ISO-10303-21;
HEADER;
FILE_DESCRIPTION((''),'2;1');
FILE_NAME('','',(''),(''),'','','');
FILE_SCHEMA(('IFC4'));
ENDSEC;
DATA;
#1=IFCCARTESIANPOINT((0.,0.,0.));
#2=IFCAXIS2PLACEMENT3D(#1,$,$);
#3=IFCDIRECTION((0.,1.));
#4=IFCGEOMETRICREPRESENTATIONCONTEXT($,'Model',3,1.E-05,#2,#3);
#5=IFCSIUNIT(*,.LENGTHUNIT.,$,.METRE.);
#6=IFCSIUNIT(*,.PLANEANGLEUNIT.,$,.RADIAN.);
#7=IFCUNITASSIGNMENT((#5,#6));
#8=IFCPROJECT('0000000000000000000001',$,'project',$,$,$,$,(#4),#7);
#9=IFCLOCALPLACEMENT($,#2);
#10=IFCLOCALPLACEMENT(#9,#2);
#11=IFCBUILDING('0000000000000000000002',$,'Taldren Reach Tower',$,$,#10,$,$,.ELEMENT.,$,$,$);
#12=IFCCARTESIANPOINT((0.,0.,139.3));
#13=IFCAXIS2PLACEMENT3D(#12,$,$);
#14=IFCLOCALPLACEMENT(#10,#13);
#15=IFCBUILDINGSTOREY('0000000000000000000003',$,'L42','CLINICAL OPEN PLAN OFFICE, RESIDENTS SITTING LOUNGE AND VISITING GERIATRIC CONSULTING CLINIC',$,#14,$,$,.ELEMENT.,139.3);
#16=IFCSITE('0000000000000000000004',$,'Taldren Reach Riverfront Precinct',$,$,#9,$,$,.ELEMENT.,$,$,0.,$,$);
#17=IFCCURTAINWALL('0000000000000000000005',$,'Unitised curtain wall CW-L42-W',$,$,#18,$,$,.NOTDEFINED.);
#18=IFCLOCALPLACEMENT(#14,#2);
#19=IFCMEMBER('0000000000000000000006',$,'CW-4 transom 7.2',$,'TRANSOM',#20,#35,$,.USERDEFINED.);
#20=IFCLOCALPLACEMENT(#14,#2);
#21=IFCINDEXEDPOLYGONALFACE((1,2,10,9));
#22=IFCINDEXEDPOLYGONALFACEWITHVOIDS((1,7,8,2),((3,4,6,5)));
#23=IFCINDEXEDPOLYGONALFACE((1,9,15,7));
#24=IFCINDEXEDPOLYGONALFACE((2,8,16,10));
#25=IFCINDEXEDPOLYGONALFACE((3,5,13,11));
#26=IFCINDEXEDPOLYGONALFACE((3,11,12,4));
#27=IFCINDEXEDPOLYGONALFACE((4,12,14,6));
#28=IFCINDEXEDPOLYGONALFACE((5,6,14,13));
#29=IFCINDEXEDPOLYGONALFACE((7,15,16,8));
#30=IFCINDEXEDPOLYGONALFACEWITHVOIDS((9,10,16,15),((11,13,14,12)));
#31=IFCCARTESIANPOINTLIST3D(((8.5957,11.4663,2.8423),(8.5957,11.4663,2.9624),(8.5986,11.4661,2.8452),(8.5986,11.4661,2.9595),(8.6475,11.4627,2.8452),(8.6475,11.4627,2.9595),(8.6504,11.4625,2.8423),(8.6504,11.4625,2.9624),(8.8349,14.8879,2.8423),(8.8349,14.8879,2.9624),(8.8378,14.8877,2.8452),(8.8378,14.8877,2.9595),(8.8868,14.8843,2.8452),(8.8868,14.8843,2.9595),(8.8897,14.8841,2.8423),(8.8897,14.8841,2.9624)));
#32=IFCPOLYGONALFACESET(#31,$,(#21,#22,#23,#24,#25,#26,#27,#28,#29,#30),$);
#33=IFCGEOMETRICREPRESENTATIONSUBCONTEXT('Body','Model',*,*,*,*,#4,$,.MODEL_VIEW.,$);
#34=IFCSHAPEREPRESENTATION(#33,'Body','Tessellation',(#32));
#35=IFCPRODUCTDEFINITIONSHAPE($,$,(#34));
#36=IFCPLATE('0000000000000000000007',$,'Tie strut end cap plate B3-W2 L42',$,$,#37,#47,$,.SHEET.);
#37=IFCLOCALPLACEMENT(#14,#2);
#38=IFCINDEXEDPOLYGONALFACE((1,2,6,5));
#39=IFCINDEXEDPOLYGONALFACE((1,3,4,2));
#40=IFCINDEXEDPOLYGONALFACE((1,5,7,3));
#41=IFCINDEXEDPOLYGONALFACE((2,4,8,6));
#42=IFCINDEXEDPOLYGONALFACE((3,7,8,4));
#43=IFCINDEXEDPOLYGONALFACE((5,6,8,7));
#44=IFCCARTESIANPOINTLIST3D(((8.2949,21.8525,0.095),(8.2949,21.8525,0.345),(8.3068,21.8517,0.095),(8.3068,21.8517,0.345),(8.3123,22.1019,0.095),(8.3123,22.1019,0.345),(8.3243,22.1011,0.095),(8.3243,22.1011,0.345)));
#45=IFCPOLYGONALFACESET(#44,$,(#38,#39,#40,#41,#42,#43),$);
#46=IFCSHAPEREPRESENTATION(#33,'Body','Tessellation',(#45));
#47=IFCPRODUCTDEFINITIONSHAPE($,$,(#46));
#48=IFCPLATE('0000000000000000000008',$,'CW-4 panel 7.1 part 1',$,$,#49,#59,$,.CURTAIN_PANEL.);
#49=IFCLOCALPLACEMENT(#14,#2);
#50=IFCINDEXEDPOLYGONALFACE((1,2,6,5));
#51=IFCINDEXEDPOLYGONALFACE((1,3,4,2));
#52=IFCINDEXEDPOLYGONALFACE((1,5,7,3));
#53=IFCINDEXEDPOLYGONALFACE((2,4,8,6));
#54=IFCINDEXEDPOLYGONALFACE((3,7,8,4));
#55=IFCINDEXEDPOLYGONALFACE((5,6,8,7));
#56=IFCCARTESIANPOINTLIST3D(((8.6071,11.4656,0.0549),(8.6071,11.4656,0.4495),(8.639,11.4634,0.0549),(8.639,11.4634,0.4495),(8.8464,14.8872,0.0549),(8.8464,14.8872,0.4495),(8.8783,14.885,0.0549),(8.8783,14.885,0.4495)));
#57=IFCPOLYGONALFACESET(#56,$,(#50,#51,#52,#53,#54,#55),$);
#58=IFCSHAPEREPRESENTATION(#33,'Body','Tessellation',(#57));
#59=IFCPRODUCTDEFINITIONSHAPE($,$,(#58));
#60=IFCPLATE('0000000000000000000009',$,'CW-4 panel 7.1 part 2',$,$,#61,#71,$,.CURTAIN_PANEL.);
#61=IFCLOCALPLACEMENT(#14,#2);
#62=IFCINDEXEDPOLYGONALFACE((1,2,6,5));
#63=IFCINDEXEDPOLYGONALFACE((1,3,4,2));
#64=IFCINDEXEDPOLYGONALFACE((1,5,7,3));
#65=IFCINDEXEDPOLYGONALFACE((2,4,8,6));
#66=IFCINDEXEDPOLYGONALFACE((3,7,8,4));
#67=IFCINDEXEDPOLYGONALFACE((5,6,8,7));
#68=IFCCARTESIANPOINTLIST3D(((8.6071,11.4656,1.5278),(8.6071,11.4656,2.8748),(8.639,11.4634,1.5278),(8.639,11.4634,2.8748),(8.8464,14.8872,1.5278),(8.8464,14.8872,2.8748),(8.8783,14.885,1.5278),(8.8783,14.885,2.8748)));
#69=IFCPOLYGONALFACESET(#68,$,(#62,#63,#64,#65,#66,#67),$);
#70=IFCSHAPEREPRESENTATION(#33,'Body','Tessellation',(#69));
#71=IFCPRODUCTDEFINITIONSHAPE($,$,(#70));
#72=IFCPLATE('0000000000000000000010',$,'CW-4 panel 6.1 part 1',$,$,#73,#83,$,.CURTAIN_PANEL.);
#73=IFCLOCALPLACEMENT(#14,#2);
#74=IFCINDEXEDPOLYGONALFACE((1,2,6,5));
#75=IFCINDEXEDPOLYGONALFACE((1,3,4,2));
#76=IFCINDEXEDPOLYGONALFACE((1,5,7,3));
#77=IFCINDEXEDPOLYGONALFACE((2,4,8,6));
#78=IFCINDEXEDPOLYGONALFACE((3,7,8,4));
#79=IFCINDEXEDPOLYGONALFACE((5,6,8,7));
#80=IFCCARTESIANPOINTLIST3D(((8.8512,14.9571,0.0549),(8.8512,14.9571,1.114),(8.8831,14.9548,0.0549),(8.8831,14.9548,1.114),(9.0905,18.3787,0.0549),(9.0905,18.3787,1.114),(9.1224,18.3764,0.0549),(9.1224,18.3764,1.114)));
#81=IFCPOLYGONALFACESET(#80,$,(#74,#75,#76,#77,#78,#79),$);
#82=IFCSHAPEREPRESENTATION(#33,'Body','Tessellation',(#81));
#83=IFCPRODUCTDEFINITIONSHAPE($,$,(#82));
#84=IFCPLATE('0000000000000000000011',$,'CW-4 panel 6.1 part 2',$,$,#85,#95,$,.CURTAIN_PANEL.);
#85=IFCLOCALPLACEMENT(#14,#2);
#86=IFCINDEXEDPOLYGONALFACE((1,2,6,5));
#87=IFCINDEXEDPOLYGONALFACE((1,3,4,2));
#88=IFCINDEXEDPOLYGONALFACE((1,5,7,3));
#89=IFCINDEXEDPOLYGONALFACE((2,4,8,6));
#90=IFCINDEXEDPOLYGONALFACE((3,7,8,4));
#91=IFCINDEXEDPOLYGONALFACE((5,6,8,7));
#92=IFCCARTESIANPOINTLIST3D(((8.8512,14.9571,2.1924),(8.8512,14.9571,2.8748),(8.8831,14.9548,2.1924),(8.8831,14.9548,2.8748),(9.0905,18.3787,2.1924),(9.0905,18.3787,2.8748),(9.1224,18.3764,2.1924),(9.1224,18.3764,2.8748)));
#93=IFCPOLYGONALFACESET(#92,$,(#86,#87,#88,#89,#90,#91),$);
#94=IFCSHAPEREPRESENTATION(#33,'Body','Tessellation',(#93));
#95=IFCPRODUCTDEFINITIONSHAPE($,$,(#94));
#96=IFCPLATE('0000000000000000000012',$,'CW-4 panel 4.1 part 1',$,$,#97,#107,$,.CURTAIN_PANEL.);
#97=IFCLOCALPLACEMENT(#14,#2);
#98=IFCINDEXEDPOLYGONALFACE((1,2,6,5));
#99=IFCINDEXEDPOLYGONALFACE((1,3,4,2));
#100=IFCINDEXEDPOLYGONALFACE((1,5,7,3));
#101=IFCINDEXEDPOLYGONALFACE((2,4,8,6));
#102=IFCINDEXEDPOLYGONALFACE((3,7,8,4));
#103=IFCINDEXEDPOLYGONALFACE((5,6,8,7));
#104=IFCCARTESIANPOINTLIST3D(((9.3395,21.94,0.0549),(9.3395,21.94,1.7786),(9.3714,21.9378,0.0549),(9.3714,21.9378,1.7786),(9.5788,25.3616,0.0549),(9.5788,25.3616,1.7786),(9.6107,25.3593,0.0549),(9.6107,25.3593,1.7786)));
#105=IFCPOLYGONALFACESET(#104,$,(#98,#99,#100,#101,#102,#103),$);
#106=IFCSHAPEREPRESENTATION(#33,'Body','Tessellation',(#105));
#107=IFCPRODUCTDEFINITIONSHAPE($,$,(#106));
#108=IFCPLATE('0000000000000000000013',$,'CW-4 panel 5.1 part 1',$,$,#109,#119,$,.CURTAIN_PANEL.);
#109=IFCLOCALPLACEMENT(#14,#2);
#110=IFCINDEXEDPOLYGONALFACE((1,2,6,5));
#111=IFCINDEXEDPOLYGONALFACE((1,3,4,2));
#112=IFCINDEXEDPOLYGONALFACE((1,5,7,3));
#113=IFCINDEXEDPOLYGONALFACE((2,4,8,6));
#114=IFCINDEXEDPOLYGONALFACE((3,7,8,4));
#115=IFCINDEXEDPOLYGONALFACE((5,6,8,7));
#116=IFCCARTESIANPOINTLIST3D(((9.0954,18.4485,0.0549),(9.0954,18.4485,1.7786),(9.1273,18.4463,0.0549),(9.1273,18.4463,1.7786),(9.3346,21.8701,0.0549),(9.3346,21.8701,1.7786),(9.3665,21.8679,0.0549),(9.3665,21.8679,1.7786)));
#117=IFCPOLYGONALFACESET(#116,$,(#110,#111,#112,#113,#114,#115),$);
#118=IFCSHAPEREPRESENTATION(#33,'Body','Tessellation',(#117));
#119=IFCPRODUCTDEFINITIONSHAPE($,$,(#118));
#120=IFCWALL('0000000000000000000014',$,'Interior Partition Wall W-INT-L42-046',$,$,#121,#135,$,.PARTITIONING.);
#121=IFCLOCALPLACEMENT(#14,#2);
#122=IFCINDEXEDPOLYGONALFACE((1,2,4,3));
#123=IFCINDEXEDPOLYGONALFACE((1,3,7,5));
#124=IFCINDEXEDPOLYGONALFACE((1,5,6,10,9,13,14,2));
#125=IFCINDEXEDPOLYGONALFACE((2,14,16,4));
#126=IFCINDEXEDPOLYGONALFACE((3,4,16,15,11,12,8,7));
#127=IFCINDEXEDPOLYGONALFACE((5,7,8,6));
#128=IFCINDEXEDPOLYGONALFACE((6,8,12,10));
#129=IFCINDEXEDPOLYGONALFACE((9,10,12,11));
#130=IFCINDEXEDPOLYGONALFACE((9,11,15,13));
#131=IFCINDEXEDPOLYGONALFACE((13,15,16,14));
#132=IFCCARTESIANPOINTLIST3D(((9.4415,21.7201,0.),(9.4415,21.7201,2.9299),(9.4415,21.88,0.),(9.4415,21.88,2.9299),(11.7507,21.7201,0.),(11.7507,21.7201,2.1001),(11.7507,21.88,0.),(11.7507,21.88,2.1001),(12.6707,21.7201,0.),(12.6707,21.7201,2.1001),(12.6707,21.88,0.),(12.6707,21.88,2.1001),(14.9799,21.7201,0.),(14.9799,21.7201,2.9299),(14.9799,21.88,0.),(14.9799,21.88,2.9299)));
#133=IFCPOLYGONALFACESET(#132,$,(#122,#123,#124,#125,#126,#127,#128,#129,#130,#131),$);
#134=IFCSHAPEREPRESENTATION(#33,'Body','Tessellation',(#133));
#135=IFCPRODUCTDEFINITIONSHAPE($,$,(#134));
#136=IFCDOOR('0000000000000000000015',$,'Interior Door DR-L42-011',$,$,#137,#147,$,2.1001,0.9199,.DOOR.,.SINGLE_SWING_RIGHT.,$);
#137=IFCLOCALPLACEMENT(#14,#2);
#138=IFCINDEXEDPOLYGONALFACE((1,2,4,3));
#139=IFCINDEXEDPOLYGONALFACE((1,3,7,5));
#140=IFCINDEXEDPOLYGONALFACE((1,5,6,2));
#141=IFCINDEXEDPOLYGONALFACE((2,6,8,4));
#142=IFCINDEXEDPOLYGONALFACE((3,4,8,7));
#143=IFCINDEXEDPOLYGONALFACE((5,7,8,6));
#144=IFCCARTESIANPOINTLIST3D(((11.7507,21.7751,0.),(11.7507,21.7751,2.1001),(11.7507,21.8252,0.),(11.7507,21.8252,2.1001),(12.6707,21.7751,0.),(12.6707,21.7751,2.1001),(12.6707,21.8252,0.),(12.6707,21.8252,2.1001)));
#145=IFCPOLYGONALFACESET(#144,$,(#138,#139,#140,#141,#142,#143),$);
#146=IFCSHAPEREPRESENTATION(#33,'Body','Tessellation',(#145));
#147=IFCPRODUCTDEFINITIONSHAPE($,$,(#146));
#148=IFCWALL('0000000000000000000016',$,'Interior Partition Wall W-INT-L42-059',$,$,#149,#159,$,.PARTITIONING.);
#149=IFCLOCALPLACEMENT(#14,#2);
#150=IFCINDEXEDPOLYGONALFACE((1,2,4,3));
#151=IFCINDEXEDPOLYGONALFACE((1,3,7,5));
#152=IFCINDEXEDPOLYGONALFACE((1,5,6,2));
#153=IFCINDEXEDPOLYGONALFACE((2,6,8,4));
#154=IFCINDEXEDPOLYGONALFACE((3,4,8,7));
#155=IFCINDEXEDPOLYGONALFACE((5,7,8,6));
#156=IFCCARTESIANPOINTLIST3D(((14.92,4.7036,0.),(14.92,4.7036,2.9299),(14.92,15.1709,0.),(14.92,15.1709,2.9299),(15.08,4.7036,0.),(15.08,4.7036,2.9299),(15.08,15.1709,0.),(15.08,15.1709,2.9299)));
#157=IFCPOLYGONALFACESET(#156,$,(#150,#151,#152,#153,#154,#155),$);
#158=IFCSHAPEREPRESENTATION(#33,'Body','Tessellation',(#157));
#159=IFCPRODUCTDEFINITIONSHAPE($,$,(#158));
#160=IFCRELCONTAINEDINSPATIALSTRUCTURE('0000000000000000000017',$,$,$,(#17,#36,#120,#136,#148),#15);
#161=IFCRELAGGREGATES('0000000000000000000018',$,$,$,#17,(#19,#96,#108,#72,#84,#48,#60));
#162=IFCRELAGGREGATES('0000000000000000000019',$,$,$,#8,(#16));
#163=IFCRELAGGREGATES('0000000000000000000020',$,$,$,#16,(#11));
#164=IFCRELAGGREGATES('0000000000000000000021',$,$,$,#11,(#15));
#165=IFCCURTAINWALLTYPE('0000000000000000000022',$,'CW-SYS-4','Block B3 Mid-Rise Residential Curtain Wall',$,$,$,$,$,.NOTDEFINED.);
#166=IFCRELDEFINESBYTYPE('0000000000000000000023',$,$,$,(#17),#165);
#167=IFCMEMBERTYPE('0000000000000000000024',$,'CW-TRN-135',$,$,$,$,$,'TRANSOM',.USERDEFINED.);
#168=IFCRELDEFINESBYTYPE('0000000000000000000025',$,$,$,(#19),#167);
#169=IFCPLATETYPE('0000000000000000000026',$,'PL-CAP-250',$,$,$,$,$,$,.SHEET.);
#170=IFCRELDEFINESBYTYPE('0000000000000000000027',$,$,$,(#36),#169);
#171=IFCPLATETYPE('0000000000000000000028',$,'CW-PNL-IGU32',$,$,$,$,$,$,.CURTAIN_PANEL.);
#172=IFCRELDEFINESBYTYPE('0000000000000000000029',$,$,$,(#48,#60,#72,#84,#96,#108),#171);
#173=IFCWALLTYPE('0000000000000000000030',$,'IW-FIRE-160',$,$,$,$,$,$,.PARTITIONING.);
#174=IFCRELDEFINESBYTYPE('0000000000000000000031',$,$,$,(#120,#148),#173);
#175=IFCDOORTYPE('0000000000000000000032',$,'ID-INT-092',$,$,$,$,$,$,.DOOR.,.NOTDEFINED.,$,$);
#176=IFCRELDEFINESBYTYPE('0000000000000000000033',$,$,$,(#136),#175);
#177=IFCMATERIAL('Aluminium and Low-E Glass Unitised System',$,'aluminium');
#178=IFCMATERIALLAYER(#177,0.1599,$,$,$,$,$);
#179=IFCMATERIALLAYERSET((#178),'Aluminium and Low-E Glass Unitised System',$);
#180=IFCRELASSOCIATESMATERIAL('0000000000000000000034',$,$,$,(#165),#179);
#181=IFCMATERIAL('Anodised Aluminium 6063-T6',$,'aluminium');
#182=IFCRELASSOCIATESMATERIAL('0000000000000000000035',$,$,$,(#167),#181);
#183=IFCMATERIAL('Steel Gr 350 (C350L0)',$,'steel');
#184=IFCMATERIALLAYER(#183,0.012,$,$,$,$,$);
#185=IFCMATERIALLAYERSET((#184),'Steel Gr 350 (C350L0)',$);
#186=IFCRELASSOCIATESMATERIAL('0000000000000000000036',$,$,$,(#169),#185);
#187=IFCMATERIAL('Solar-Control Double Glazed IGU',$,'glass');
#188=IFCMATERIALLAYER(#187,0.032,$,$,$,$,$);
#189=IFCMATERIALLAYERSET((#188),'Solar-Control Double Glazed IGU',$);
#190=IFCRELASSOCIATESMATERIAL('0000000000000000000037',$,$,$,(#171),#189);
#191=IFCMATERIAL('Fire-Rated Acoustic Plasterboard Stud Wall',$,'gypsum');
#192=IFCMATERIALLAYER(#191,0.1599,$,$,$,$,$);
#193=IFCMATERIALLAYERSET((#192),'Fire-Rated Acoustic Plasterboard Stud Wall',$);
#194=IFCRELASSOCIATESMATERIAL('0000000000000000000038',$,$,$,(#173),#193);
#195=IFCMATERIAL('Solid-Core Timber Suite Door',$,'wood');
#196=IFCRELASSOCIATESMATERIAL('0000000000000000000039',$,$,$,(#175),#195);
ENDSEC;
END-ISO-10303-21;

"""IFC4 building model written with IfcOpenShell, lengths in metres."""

from ifc_helpers import new_model, si_unit, direction, frame, frame_2d, origin, origin_2d, place, context, subcontext, project, spatial, rectangle, hollow_rectangle, extrude, source, transform, mapped, material, layer, layer_set, material_profile, profile_set, type_object, element, fill, aggregate, save


model = new_model("IFC4")

# Units and contexts
model_context = context("Model", 3, precision=1e-05, world=origin(), true_north=direction((0.0, 1.0)))
body_context = subcontext(model_context, "Body", "Model", "MODEL_VIEW")
ifc_project = project(units=[si_unit("LENGTHUNIT", "METRE"), si_unit("PLANEANGLEUNIT", "RADIAN")], contexts=[model_context])

# Site, building, storey
site_placement = place(None, origin())
site = spatial("IfcSite", under=ifc_project, at=site_placement, Name="Taldren Reach Riverfront Precinct", CompositionType="ELEMENT", RefElevation=0.0)
building_placement = place(site_placement, origin())
building = spatial("IfcBuilding", under=site, at=building_placement, Name="Taldren Reach Tower", CompositionType="ELEMENT")
storey_placement = place(building_placement, frame((0.0, 0.0, 139.3)))
storey = spatial("IfcBuildingStorey", under=building, at=storey_placement, Name="L42", Description="CLINICAL OPEN PLAN OFFICE, RESIDENTS SITTING LOUNGE AND VISITING GERIATRIC CONSULTING CLINIC", CompositionType="ELEMENT", Elevation=139.3)

# Shared definitions
ifc_material_1 = material(Name="Steel Gr 350 (C350L0)", Category="steel")

# Curtain wall, member
ifc_material_2 = material(Name="Aluminium and Low-E Glass Unitised System", Category="aluminium")
ifc_layer_1 = layer(ifc_material_2, 0.1599)
ifc_layer_set_1 = layer_set([ifc_layer_1], Name="Aluminium and Low-E Glass Unitised System")
curtain_wall_type = type_object("IfcCurtainWallType", Name="CW-SYS-4", Description="Block B3 Mid-Rise Residential Curtain Wall", PredefinedType="NOTDEFINED", material=ifc_layer_set_1)
curtain_wall_placement = place(storey_placement, origin())
curtain_wall = element("IfcCurtainWall", 1, at=curtain_wall_placement, inside=storey, type_object=curtain_wall_type, Name="Unitised curtain wall CW-L42-W", PredefinedType="NOTDEFINED")
ifc_material_3 = material(Name="Anodised Aluminium 6063-T6", Category="aluminium")
ifc_material_profile_1 = material_profile(ifc_material_3, hollow_rectangle(XDim=0.0549, YDim=0.1201, WallThickness=0.0029, at=origin_2d()), Name="ALU-120x55x3RHS")
ifc_profile_set_1 = profile_set([ifc_material_profile_1], Name="Anodised Aluminium 6063-T6")
member_type_1 = type_object("IfcMemberType", Name="CW-TRN-135", ElementType="TRANSOM", PredefinedType="USERDEFINED", material=ifc_profile_set_1)
shared_shape_1 = source(origin(), body_context, "Body", "SweptSolid", [
    extrude(hollow_rectangle(XDim=0.0549, YDim=0.1201, WallThickness=0.0029, at=origin_2d()), origin(), (0.0, 0.0, 1.0), 3.4299),
])
member_1_placement = place(storey_placement, frame((8.8623, 14.886, 2.9023), z_axis=(-0.069755, -0.997564, 0.0), x_axis=(0.997564, -0.069755, 0.0)))
member_1 = element("IfcMember", 2, at=member_1_placement, type_object=member_type_1, Name="CW-4 transom 7.2", ObjectType="TRANSOM", PredefinedType="USERDEFINED", context=body_context, shape_type="MappedRepresentation", body=[
    mapped(shared_shape_1, transform((0.0, 0.0, 0.0), scale=1.0)),
])

# Plates
ifc_layer_2 = layer(ifc_material_1, 0.012)
ifc_layer_set_2 = layer_set([ifc_layer_2], Name="Steel Gr 350 (C350L0)")
plate_type_1 = type_object("IfcPlateType", Name="PL-CAP-250", PredefinedType="SHEET", material=ifc_layer_set_2)
shared_shape_2 = source(origin(), body_context, "Body", "SweptSolid", [
    extrude(rectangle(XDim=0.012, YDim=0.25, at=origin_2d()), origin(), (0.0, 0.0, 1.0), 0.25),
])
plate_1_placement = place(storey_placement, frame((8.3096, 21.9768, 0.095), z_axis=(0.0, 0.0, 1.0), x_axis=(0.997564, -0.069756, 0.0)))
element("IfcPlate", 3, at=plate_1_placement, inside=storey, type_object=plate_type_1, Name="Tie strut end cap plate B3-W2 L42", PredefinedType="SHEET", context=body_context, shape_type="MappedRepresentation", body=[
    mapped(shared_shape_2, transform((0.0, 0.0, 0.0), scale=1.0)),
])
ifc_material_4 = material(Name="Solar-Control Double Glazed IGU", Category="glass")
ifc_layer_3 = layer(ifc_material_4, 0.032)
ifc_layer_set_3 = layer_set([ifc_layer_3], Name="Solar-Control Double Glazed IGU")
plate_type_2 = type_object("IfcPlateType", Name="CW-PNL-IGU32", PredefinedType="CURTAIN_PANEL", material=ifc_layer_set_3)
shared_shape_3 = source(origin(), body_context, "Body", "SweptSolid", [
    extrude(rectangle(XDim=3.4299, YDim=0.032, at=origin_2d()), origin(), (0.0, 0.0, 1.0), 0.3945),
])
plate_2_placement = place(storey_placement, frame((8.7427, 13.1753, 0.0549), z_axis=(0.0, 0.0, 1.0), x_axis=(-0.069756, -0.997564, 0.0)))
plate_2 = element("IfcPlate", 4, at=plate_2_placement, type_object=plate_type_2, Name="CW-4 panel 7.1 part 1", PredefinedType="CURTAIN_PANEL", context=body_context, shape_type="MappedRepresentation", body=[
    mapped(shared_shape_3, transform((0.0, 0.0, 0.0), scale=1.0)),
])
shared_shape_4 = source(origin(), body_context, "Body", "SweptSolid", [
    extrude(rectangle(XDim=3.4299, YDim=0.032, at=origin_2d()), origin(), (0.0, 0.0, 1.0), 1.3469),
])
plate_3_placement = place(storey_placement, frame((8.7427, 13.1753, 1.5278), z_axis=(0.0, 0.0, 1.0), x_axis=(-0.069756, -0.997564, 0.0)))
plate_3 = element("IfcPlate", 5, at=plate_3_placement, type_object=plate_type_2, Name="CW-4 panel 7.1 part 2", PredefinedType="CURTAIN_PANEL", context=body_context, shape_type="MappedRepresentation", body=[
    mapped(shared_shape_4, transform((0.0, 0.0, 0.0), scale=1.0)),
])
shared_shape_5 = source(origin(), body_context, "Body", "SweptSolid", [
    extrude(rectangle(XDim=3.4299, YDim=0.032, at=origin_2d()), origin(), (0.0, 0.0, 1.0), 1.0591),
])
plate_4_placement = place(storey_placement, frame((8.9868, 16.6667, 0.0549), z_axis=(0.0, 0.0, 1.0), x_axis=(-0.069756, -0.997564, 0.0)))
plate_4 = element("IfcPlate", 6, at=plate_4_placement, type_object=plate_type_2, Name="CW-4 panel 6.1 part 1", PredefinedType="CURTAIN_PANEL", context=body_context, shape_type="MappedRepresentation", body=[
    mapped(shared_shape_5, transform((0.0, 0.0, 0.0), scale=1.0)),
])
shared_shape_6 = source(origin(), body_context, "Body", "SweptSolid", [
    extrude(rectangle(XDim=3.4299, YDim=0.032, at=origin_2d()), origin(), (0.0, 0.0, 1.0), 0.6824),
])
plate_5_placement = place(storey_placement, frame((8.9868, 16.6667, 2.1924), z_axis=(0.0, 0.0, 1.0), x_axis=(-0.069756, -0.997564, 0.0)))
plate_5 = element("IfcPlate", 7, at=plate_5_placement, type_object=plate_type_2, Name="CW-4 panel 6.1 part 2", PredefinedType="CURTAIN_PANEL", context=body_context, shape_type="MappedRepresentation", body=[
    mapped(shared_shape_6, transform((0.0, 0.0, 0.0), scale=1.0)),
])
shared_shape_7 = source(origin(), body_context, "Body", "SweptSolid", [
    extrude(rectangle(XDim=3.4299, YDim=0.032, at=origin_2d()), origin(), (0.0, 0.0, 1.0), 1.7236),
])
plate_6_placement = place(storey_placement, frame((9.4751, 23.6497, 0.0549), z_axis=(0.0, 0.0, 1.0), x_axis=(-0.069756, -0.997564, 0.0)))
plate_6 = element("IfcPlate", 8, at=plate_6_placement, type_object=plate_type_2, Name="CW-4 panel 4.1 part 1", PredefinedType="CURTAIN_PANEL", context=body_context, shape_type="MappedRepresentation", body=[
    mapped(shared_shape_7, transform((0.0, 0.0, 0.0), scale=1.0)),
])
plate_7_placement = place(storey_placement, frame((9.231, 20.1582, 0.0549), z_axis=(0.0, 0.0, 1.0), x_axis=(-0.069756, -0.997564, 0.0)))
plate_7 = element("IfcPlate", 9, at=plate_7_placement, type_object=plate_type_2, Name="CW-4 panel 5.1 part 1", PredefinedType="CURTAIN_PANEL", context=body_context, shape_type="MappedRepresentation", body=[
    mapped(shared_shape_7, transform((0.0, 0.0, 0.0), scale=1.0)),
])
aggregate(curtain_wall, [member_1, plate_6, plate_7, plate_4, plate_5, plate_2, plate_3])

# Wall, opening, door
ifc_material_5 = material(Name="Fire-Rated Acoustic Plasterboard Stud Wall", Category="gypsum")
ifc_layer_4 = layer(ifc_material_5, 0.1599)
ifc_layer_set_4 = layer_set([ifc_layer_4], Name="Fire-Rated Acoustic Plasterboard Stud Wall")
wall_type_1 = type_object("IfcWallType", Name="IW-FIRE-160", PredefinedType="PARTITIONING", material=ifc_layer_set_4)
shared_shape_8 = source(origin(), body_context, "Body", "SweptSolid", [
    extrude(rectangle(XDim=5.5383, YDim=0.1599, at=frame_2d((2.769, 0.0))), origin(), (0.0, 0.0, 1.0), 2.9299),
])
wall_1_placement = place(storey_placement, frame((14.9797, 21.8, 0.0), z_axis=(0.0, 0.0, 1.0), x_axis=(-1.0, 0.0, 0.0)))
wall_1 = element("IfcWall", 10, at=wall_1_placement, inside=storey, type_object=wall_type_1, Name="Interior Partition Wall W-INT-L42-046", PredefinedType="PARTITIONING", context=body_context, shape_type="MappedRepresentation", body=[
    mapped(shared_shape_8, transform((0.0, 0.0, 0.0), scale=1.0)),
])
shared_shape_9 = source(origin(), body_context, "Body", "SweptSolid", [
    extrude(rectangle(XDim=0.9199, YDim=2.1001, at=frame_2d((0.46, 1.05))), frame((0.0, 0.0898, 0.0), z_axis=(0.0, -1.0, 0.0), x_axis=(1.0, 0.0, 0.0)), (0.0, 0.0, 1.0), 0.1799),
])
opening_placement = place(wall_1_placement, frame((2.3091, 0.0, 0.0)))
opening = element("IfcOpeningElement", 11, at=opening_placement, cuts=wall_1, PredefinedType="OPENING", context=body_context, shape_type="MappedRepresentation", body=[
    mapped(shared_shape_9, transform((0.0, 0.0, 0.0), scale=1.0)),
])
ifc_material_6 = material(Name="Solid-Core Timber Suite Door", Category="wood")
door_type = type_object("IfcDoorType", Name="ID-INT-092", OperationType="NOTDEFINED", PredefinedType="DOOR", material=ifc_material_6)
shared_shape_10 = source(origin(), body_context, "Body", "SweptSolid", [
    extrude(rectangle(XDim=0.9199, YDim=2.1001, at=frame_2d((0.46, 1.05))), frame((0.0, 0.0249, 0.0), z_axis=(0.0, -1.0, 0.0), x_axis=(1.0, 0.0, 0.0)), (0.0, 0.0, 1.0), 0.05),
])
door_placement = place(opening_placement, origin())
door = element("IfcDoor", 12, at=door_placement, inside=storey, type_object=door_type, Name="Interior Door DR-L42-011", OperationType="SINGLE_SWING_RIGHT", OverallHeight=2.1001, OverallWidth=0.9199, PredefinedType="DOOR", context=body_context, shape_type="MappedRepresentation", body=[
    mapped(shared_shape_10, transform((0.0, 0.0, 0.0), scale=1.0)),
])
fill(opening, door)

# Wall
shared_shape_11 = source(origin(), body_context, "Body", "SweptSolid", [
    extrude(rectangle(XDim=10.4673, YDim=0.1599, at=frame_2d((5.2336, 0.0))), origin(), (0.0, 0.0, 1.0), 2.9299),
])
wall_2_placement = place(storey_placement, frame((15.0, 15.1709, 0.0), z_axis=(0.0, 0.0, 1.0), x_axis=(0.0, -1.0, 0.0)))
element("IfcWall", 13, at=wall_2_placement, inside=storey, type_object=wall_type_1, Name="Interior Partition Wall W-INT-L42-059", PredefinedType="PARTITIONING", context=body_context, shape_type="MappedRepresentation", body=[
    mapped(shared_shape_11, transform((0.0, 0.0, 0.0), scale=1.0)),
])

save(model, "model.ifc")
